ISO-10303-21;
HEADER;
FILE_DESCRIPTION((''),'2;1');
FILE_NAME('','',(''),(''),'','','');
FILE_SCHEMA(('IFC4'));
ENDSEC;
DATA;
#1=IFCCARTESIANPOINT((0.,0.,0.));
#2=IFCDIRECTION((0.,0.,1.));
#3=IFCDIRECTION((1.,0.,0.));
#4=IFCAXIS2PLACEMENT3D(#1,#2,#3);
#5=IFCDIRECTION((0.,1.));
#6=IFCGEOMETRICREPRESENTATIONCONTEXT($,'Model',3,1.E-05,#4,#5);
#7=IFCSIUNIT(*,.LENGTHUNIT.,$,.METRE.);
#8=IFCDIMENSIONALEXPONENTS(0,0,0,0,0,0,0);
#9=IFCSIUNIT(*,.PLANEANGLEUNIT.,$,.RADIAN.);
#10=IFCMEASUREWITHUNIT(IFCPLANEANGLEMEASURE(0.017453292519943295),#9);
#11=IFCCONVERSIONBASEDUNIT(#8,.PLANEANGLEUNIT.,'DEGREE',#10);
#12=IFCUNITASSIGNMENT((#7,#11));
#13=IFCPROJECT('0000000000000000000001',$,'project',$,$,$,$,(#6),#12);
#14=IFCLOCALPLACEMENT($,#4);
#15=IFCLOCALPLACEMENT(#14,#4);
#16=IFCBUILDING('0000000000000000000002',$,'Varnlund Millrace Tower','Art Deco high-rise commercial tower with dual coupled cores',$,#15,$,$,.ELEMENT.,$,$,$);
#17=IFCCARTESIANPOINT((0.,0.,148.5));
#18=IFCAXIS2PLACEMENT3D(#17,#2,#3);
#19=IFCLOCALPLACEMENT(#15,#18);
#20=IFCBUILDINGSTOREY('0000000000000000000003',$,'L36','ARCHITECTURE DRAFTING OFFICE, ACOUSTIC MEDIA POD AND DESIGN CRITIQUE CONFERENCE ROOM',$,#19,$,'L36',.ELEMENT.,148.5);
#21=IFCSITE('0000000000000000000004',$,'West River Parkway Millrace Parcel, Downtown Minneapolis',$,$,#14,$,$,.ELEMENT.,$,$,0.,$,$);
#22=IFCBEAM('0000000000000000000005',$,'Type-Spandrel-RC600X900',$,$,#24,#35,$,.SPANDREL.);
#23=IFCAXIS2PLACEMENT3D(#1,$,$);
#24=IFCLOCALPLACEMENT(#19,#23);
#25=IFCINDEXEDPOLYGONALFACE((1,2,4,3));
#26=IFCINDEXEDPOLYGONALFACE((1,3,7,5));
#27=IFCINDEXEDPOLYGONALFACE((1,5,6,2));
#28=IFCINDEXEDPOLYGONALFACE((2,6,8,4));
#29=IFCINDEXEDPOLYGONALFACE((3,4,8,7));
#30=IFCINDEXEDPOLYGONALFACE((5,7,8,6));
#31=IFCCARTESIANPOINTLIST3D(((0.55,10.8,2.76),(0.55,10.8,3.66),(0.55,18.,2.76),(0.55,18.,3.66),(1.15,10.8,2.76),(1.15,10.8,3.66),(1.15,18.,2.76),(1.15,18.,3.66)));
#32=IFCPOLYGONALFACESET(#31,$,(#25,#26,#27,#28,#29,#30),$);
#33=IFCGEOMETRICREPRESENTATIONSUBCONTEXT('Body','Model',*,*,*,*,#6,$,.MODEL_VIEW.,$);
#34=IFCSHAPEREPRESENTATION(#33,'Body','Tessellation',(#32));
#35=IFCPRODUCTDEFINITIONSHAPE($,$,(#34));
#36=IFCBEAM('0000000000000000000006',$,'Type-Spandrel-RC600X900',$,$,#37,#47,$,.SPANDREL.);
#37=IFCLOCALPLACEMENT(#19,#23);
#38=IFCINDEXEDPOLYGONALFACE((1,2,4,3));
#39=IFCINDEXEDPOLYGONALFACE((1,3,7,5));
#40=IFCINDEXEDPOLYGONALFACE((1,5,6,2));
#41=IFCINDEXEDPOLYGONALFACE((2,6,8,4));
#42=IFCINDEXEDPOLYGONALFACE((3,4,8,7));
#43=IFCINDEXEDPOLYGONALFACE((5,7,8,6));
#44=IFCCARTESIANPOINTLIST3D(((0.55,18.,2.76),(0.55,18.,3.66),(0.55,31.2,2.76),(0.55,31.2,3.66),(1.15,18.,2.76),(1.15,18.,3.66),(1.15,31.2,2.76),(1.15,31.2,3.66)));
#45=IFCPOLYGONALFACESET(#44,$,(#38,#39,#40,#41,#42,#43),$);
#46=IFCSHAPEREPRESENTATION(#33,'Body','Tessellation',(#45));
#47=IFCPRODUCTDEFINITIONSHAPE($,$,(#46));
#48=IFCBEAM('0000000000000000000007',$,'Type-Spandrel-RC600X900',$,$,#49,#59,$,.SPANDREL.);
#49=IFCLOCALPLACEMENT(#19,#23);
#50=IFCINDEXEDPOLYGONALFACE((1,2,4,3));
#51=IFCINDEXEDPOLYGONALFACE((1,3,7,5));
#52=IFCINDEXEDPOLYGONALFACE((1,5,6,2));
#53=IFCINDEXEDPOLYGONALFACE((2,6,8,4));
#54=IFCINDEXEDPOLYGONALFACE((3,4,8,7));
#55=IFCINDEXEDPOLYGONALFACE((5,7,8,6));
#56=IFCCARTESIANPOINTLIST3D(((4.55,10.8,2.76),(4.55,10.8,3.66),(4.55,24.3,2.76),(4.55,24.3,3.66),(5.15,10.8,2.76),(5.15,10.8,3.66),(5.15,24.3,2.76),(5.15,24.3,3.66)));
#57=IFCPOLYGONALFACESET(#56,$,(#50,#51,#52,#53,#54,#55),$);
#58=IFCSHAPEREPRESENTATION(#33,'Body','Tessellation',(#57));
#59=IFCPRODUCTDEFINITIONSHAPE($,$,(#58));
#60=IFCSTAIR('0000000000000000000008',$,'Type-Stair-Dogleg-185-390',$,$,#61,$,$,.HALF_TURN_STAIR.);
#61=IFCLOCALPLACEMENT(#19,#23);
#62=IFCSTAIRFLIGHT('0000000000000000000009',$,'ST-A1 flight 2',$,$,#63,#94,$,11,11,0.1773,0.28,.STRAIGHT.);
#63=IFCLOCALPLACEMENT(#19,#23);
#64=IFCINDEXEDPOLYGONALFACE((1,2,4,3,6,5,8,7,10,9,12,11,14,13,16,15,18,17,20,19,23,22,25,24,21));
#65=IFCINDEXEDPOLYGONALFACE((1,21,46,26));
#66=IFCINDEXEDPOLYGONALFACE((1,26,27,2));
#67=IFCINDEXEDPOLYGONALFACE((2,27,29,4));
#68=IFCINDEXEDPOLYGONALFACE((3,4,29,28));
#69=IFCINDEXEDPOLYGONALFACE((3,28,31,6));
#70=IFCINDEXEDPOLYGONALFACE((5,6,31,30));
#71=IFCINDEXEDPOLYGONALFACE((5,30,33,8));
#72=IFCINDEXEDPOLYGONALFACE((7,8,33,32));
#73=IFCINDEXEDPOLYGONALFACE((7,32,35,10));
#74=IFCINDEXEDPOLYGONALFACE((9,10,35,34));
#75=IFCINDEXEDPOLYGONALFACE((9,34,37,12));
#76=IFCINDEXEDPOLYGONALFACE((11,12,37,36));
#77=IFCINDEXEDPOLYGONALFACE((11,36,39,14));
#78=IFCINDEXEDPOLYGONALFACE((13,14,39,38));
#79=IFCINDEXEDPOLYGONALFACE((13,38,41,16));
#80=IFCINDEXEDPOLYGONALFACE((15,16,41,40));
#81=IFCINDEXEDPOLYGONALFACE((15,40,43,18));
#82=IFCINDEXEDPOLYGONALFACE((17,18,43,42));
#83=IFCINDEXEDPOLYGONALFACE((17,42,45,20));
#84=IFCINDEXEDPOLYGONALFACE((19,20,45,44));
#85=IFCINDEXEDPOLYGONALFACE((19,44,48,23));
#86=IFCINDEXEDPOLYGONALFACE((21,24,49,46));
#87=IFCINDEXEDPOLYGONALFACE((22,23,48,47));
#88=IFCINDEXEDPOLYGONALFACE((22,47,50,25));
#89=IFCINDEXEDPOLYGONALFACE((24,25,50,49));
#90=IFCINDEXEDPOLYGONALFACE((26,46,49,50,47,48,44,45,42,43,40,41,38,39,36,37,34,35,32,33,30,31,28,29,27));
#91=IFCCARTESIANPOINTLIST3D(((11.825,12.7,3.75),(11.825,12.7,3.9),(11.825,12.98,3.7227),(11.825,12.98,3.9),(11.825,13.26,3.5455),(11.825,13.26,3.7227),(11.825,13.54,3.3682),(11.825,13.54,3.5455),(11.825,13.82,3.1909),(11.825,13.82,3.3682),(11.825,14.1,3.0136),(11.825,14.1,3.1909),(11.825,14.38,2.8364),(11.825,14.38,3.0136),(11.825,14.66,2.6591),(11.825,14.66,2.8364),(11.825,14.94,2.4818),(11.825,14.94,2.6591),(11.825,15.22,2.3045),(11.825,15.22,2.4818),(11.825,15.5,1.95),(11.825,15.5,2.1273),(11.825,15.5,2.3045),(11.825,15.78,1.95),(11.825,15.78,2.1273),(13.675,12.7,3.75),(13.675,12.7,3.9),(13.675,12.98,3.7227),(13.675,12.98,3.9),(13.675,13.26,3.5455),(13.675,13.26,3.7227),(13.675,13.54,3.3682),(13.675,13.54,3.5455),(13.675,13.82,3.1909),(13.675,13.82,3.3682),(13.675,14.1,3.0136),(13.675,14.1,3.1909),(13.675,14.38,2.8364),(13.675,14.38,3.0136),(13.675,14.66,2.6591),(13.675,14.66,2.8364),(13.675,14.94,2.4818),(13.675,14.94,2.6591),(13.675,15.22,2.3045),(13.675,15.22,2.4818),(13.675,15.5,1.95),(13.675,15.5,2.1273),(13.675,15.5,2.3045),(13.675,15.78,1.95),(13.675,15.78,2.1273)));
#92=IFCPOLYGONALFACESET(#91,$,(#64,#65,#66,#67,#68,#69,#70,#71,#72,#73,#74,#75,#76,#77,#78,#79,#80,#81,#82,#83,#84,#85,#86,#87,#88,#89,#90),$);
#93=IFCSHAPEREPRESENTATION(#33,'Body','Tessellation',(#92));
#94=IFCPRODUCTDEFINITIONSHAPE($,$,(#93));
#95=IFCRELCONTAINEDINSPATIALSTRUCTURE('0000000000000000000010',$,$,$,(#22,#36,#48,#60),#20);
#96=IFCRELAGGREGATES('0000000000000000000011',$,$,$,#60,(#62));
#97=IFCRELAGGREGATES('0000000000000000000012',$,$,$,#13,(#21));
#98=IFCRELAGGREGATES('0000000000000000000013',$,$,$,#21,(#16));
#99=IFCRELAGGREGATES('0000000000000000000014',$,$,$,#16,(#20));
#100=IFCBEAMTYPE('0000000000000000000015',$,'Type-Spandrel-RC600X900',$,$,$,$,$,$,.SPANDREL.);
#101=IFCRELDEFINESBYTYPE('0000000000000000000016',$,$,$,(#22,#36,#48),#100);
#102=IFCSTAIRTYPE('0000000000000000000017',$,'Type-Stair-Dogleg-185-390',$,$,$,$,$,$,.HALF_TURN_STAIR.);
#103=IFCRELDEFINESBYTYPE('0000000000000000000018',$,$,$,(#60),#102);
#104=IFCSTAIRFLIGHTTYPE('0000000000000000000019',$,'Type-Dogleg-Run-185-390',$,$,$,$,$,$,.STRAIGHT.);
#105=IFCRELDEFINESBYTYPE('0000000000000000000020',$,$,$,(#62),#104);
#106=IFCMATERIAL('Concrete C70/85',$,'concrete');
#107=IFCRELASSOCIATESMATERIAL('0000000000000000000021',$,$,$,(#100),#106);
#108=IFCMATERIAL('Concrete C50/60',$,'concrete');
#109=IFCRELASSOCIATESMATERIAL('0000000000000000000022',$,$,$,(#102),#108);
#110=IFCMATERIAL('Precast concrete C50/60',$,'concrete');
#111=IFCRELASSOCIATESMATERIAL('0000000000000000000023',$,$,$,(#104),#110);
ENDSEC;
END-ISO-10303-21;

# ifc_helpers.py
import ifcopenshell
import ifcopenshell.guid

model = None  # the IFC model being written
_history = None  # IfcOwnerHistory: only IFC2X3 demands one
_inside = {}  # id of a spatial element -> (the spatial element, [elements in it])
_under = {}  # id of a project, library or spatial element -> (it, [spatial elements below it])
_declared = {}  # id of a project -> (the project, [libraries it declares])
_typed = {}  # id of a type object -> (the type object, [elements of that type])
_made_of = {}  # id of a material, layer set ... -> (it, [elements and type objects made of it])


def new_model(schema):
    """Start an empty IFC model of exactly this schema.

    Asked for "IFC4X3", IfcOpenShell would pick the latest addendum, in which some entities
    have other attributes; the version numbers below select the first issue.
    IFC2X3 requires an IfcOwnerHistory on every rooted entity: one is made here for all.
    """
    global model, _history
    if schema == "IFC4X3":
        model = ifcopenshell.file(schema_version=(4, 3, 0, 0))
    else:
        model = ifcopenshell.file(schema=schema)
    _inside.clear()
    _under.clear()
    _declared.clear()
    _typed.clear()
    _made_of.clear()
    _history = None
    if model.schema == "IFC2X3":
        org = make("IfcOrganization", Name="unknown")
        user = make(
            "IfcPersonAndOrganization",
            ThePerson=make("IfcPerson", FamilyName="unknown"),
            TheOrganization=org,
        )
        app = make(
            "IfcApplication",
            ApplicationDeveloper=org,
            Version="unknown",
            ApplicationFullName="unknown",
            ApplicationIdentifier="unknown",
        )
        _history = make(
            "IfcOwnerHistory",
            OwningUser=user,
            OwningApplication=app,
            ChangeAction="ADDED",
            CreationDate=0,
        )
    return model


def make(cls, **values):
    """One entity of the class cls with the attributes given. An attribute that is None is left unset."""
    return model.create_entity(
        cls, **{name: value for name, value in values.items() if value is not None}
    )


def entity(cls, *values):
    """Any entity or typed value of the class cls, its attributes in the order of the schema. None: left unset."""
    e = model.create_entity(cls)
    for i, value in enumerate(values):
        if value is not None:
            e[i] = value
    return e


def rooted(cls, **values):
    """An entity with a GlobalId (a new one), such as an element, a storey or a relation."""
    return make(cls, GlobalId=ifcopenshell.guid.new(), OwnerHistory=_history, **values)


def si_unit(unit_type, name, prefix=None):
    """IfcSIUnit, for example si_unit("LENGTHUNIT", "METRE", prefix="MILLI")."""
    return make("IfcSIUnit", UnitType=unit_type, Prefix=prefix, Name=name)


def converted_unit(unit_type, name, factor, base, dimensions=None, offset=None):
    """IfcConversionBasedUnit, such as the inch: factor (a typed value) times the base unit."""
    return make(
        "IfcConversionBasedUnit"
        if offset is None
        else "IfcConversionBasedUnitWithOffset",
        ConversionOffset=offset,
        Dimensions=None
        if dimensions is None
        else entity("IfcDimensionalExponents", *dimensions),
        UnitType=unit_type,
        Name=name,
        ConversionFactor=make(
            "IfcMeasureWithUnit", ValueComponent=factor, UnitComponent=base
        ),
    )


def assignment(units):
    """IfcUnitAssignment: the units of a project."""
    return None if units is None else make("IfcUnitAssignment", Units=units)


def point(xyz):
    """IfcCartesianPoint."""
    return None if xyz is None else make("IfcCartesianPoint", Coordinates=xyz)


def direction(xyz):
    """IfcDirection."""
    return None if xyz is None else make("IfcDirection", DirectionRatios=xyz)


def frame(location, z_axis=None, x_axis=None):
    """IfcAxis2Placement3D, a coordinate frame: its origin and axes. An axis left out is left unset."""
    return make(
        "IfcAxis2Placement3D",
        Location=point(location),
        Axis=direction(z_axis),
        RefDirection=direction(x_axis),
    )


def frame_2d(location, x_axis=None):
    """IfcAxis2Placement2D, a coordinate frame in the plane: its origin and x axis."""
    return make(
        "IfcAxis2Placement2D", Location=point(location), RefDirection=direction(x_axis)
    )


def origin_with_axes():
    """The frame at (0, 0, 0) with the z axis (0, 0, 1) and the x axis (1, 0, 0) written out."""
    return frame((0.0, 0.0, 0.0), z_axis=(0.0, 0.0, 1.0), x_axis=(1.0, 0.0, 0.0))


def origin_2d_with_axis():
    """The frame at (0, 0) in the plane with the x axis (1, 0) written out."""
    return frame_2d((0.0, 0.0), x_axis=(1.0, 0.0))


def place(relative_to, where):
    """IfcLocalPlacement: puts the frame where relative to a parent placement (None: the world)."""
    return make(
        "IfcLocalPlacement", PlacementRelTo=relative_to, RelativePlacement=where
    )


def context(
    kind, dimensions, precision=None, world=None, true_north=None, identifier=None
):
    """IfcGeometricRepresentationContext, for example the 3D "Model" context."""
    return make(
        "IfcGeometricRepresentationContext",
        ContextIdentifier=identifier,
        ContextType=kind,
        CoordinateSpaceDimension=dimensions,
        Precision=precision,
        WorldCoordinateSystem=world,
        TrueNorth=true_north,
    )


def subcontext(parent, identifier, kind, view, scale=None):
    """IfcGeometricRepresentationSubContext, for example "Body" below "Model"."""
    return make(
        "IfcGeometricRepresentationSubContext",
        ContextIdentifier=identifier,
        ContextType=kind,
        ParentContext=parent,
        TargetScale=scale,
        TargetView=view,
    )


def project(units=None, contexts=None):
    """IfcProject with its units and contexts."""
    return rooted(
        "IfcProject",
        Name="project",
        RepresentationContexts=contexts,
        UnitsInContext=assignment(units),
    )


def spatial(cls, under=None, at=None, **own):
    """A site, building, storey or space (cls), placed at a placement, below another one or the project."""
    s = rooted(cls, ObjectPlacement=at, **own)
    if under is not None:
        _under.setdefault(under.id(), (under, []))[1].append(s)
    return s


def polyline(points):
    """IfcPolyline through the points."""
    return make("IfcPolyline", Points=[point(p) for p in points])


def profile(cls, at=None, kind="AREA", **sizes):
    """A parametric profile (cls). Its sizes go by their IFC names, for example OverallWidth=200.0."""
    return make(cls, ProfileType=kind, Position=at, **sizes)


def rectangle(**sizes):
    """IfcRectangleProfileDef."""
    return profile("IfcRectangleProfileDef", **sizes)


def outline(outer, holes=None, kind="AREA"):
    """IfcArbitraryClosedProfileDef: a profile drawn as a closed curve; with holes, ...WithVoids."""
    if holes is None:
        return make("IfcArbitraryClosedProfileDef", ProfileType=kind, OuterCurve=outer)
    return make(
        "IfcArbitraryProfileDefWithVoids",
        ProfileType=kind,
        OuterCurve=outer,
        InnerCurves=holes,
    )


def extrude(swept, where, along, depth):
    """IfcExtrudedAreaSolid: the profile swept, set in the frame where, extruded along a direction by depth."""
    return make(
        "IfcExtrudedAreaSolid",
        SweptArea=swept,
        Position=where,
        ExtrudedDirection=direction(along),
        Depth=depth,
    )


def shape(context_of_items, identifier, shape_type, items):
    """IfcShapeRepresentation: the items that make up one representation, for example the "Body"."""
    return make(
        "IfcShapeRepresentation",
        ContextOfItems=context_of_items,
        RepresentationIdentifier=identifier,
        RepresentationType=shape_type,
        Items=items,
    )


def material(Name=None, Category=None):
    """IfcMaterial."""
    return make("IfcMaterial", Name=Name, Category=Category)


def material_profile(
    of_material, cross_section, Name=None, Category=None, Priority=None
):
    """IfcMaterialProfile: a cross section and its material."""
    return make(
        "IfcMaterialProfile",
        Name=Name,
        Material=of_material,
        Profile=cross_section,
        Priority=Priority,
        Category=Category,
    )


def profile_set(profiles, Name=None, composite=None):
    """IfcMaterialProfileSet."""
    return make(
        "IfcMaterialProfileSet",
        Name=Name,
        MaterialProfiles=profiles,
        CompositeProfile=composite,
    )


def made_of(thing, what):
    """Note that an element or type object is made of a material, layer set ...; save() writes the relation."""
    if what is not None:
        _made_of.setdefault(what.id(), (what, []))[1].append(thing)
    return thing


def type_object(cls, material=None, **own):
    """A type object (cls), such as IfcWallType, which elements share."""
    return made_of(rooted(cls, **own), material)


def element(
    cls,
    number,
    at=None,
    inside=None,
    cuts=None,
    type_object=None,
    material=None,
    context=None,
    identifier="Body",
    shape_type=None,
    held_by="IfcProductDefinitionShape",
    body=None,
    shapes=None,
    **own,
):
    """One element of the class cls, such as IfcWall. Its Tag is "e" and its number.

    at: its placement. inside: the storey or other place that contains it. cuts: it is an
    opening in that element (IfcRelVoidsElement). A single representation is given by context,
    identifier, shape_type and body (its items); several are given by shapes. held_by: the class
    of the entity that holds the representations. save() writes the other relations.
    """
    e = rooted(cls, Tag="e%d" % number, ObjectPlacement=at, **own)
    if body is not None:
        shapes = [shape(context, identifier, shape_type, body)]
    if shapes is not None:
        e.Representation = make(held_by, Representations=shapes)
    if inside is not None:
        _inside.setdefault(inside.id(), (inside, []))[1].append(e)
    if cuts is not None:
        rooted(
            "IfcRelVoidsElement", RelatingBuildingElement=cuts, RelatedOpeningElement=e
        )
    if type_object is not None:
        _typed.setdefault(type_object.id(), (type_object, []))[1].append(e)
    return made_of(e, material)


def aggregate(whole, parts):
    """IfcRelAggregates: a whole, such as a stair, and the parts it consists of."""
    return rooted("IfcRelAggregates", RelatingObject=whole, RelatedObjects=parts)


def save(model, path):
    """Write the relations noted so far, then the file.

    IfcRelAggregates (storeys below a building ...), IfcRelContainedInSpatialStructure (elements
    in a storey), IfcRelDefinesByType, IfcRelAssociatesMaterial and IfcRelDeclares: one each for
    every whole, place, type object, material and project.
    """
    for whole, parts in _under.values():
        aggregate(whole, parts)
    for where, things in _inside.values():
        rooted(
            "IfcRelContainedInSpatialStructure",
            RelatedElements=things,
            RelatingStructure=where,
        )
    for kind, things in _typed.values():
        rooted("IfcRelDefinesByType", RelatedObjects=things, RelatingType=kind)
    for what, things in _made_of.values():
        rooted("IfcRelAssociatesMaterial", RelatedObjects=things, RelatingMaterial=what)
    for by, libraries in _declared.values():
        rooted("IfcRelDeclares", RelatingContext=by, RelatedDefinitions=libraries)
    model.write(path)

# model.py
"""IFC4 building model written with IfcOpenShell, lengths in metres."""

from ifc_helpers import new_model, entity, si_unit, converted_unit, direction, frame, origin_with_axes, origin_2d_with_axis, place, context, subcontext, project, spatial, polyline, rectangle, outline, extrude, material, material_profile, profile_set, type_object, element, aggregate, save


model = new_model("IFC4")

# Units and contexts
model_context = context("Model", 3, precision=1e-05, world=origin_with_axes(), true_north=direction((0.0, 1.0)))
body_context = subcontext(model_context, "Body", "Model", "MODEL_VIEW")
ifc_project = project(units=[si_unit("LENGTHUNIT", "METRE"), converted_unit("PLANEANGLEUNIT", "DEGREE", entity("IfcPlaneAngleMeasure", 0.017453292519943295), si_unit("PLANEANGLEUNIT", "RADIAN"), dimensions=[0, 0, 0, 0, 0, 0, 0])], contexts=[model_context])

# Site, building, storey
site_placement = place(None, origin_with_axes())
site = spatial("IfcSite", under=ifc_project, at=site_placement, Name="West River Parkway Millrace Parcel, Downtown Minneapolis", CompositionType="ELEMENT", RefElevation=0.0)
building_placement = place(site_placement, origin_with_axes())
building = spatial("IfcBuilding", under=site, at=building_placement, Name="Varnlund Millrace Tower", Description="Art Deco high-rise commercial tower with dual coupled cores", CompositionType="ELEMENT")
storey_placement = place(building_placement, frame((0.0, 0.0, 148.5), z_axis=(0.0, 0.0, 1.0), x_axis=(1.0, 0.0, 0.0)))
storey = spatial("IfcBuildingStorey", under=building, at=storey_placement, Name="L36", Description="ARCHITECTURE DRAFTING OFFICE, ACOUSTIC MEDIA POD AND DESIGN CRITIQUE CONFERENCE ROOM", LongName="L36", CompositionType="ELEMENT", Elevation=148.5)

# Beams
ifc_material_1 = material(Name="Concrete C70/85", Category="concrete")
ifc_material_profile_1 = material_profile(ifc_material_1, rectangle(XDim=0.6, YDim=0.9, at=origin_2d_with_axis()), Name="Concrete C70/85")
ifc_profile_set_1 = profile_set([ifc_material_profile_1], Name="Concrete C70/85")
beam_type_1 = type_object("IfcBeamType", Name="Type-Spandrel-RC600X900", PredefinedType="SPANDREL", material=ifc_profile_set_1)
beam_1_placement = place(storey_placement, frame((0.85, 10.8, 3.21), z_axis=(0.0, 1.0, 0.0), x_axis=(-1.0, 0.0, 0.0)))
element("IfcBeam", 1, at=beam_1_placement, inside=storey, type_object=beam_type_1, Name="Type-Spandrel-RC600X900", PredefinedType="SPANDREL", context=body_context, shape_type="SweptSolid", body=[
    extrude(rectangle(XDim=0.6, YDim=0.9, at=origin_2d_with_axis()), origin_with_axes(), (0.0, 0.0, 1.0), 7.2),
])
beam_2_placement = place(storey_placement, frame((0.85, 18.0, 3.21), z_axis=(0.0, 1.0, 0.0), x_axis=(-1.0, 0.0, 0.0)))
element("IfcBeam", 2, at=beam_2_placement, inside=storey, type_object=beam_type_1, Name="Type-Spandrel-RC600X900", PredefinedType="SPANDREL", context=body_context, shape_type="SweptSolid", body=[
    extrude(rectangle(XDim=0.6, YDim=0.9, at=origin_2d_with_axis()), origin_with_axes(), (0.0, 0.0, 1.0), 13.2),
])
beam_3_placement = place(storey_placement, frame((4.85, 10.8, 3.21), z_axis=(0.0, 1.0, 0.0), x_axis=(-1.0, 0.0, 0.0)))
element("IfcBeam", 3, at=beam_3_placement, inside=storey, type_object=beam_type_1, Name="Type-Spandrel-RC600X900", PredefinedType="SPANDREL", context=body_context, shape_type="SweptSolid", body=[
    extrude(rectangle(XDim=0.6, YDim=0.9, at=origin_2d_with_axis()), origin_with_axes(), (0.0, 0.0, 1.0), 13.5),
])

# Stair, stair flight
ifc_material_2 = material(Name="Concrete C50/60", Category="concrete")
stair_type = type_object("IfcStairType", Name="Type-Stair-Dogleg-185-390", PredefinedType="HALF_TURN_STAIR", material=ifc_material_2)
stair_placement = place(storey_placement, origin_with_axes())
stair = element("IfcStair", 4, at=stair_placement, inside=storey, type_object=stair_type, Name="Type-Stair-Dogleg-185-390", PredefinedType="HALF_TURN_STAIR")
ifc_material_3 = material(Name="Precast concrete C50/60", Category="concrete")
stair_flight_type = type_object("IfcStairFlightType", Name="Type-Dogleg-Run-185-390", PredefinedType="STRAIGHT", material=ifc_material_3)
stair_flight_placement = place(storey_placement, frame((13.675, 15.78, 1.95), z_axis=(-1.0, 0.0, 0.0), x_axis=(0.0, -1.0, 0.0)))
stair_flight = element("IfcStairFlight", 5, at=stair_flight_placement, type_object=stair_flight_type, Name="ST-A1 flight 2", NumberOfRisers=11, NumberOfTreads=11, PredefinedType="STRAIGHT", RiserHeight=0.1773, TreadLength=0.28, context=body_context, shape_type="SweptSolid", body=[
    extrude(outline(polyline([(0.0, 0.0), (0.0, 0.1773), (0.28, 0.1773), (0.28, 0.3545), (0.56, 0.3545), (0.56, 0.5318), (0.84, 0.5318), (0.84, 0.7091), (1.12, 0.7091), (1.12, 0.8864), (1.4, 0.8864), (1.4, 1.0636), (1.68, 1.0636), (1.68, 1.2409), (1.96, 1.2409), (1.96, 1.4182), (2.24, 1.4182), (2.24, 1.5955), (2.52, 1.5955), (2.52, 1.7727), (2.8, 1.7727), (2.8, 1.95), (3.08, 1.95), (3.08, 1.8), (0.28, 0.0), (0.0, 0.0)])), origin_with_axes(), (0.0, 0.0, 1.0), 1.85),
])
aggregate(stair, [stair_flight])

save(model, "model.ifc")
